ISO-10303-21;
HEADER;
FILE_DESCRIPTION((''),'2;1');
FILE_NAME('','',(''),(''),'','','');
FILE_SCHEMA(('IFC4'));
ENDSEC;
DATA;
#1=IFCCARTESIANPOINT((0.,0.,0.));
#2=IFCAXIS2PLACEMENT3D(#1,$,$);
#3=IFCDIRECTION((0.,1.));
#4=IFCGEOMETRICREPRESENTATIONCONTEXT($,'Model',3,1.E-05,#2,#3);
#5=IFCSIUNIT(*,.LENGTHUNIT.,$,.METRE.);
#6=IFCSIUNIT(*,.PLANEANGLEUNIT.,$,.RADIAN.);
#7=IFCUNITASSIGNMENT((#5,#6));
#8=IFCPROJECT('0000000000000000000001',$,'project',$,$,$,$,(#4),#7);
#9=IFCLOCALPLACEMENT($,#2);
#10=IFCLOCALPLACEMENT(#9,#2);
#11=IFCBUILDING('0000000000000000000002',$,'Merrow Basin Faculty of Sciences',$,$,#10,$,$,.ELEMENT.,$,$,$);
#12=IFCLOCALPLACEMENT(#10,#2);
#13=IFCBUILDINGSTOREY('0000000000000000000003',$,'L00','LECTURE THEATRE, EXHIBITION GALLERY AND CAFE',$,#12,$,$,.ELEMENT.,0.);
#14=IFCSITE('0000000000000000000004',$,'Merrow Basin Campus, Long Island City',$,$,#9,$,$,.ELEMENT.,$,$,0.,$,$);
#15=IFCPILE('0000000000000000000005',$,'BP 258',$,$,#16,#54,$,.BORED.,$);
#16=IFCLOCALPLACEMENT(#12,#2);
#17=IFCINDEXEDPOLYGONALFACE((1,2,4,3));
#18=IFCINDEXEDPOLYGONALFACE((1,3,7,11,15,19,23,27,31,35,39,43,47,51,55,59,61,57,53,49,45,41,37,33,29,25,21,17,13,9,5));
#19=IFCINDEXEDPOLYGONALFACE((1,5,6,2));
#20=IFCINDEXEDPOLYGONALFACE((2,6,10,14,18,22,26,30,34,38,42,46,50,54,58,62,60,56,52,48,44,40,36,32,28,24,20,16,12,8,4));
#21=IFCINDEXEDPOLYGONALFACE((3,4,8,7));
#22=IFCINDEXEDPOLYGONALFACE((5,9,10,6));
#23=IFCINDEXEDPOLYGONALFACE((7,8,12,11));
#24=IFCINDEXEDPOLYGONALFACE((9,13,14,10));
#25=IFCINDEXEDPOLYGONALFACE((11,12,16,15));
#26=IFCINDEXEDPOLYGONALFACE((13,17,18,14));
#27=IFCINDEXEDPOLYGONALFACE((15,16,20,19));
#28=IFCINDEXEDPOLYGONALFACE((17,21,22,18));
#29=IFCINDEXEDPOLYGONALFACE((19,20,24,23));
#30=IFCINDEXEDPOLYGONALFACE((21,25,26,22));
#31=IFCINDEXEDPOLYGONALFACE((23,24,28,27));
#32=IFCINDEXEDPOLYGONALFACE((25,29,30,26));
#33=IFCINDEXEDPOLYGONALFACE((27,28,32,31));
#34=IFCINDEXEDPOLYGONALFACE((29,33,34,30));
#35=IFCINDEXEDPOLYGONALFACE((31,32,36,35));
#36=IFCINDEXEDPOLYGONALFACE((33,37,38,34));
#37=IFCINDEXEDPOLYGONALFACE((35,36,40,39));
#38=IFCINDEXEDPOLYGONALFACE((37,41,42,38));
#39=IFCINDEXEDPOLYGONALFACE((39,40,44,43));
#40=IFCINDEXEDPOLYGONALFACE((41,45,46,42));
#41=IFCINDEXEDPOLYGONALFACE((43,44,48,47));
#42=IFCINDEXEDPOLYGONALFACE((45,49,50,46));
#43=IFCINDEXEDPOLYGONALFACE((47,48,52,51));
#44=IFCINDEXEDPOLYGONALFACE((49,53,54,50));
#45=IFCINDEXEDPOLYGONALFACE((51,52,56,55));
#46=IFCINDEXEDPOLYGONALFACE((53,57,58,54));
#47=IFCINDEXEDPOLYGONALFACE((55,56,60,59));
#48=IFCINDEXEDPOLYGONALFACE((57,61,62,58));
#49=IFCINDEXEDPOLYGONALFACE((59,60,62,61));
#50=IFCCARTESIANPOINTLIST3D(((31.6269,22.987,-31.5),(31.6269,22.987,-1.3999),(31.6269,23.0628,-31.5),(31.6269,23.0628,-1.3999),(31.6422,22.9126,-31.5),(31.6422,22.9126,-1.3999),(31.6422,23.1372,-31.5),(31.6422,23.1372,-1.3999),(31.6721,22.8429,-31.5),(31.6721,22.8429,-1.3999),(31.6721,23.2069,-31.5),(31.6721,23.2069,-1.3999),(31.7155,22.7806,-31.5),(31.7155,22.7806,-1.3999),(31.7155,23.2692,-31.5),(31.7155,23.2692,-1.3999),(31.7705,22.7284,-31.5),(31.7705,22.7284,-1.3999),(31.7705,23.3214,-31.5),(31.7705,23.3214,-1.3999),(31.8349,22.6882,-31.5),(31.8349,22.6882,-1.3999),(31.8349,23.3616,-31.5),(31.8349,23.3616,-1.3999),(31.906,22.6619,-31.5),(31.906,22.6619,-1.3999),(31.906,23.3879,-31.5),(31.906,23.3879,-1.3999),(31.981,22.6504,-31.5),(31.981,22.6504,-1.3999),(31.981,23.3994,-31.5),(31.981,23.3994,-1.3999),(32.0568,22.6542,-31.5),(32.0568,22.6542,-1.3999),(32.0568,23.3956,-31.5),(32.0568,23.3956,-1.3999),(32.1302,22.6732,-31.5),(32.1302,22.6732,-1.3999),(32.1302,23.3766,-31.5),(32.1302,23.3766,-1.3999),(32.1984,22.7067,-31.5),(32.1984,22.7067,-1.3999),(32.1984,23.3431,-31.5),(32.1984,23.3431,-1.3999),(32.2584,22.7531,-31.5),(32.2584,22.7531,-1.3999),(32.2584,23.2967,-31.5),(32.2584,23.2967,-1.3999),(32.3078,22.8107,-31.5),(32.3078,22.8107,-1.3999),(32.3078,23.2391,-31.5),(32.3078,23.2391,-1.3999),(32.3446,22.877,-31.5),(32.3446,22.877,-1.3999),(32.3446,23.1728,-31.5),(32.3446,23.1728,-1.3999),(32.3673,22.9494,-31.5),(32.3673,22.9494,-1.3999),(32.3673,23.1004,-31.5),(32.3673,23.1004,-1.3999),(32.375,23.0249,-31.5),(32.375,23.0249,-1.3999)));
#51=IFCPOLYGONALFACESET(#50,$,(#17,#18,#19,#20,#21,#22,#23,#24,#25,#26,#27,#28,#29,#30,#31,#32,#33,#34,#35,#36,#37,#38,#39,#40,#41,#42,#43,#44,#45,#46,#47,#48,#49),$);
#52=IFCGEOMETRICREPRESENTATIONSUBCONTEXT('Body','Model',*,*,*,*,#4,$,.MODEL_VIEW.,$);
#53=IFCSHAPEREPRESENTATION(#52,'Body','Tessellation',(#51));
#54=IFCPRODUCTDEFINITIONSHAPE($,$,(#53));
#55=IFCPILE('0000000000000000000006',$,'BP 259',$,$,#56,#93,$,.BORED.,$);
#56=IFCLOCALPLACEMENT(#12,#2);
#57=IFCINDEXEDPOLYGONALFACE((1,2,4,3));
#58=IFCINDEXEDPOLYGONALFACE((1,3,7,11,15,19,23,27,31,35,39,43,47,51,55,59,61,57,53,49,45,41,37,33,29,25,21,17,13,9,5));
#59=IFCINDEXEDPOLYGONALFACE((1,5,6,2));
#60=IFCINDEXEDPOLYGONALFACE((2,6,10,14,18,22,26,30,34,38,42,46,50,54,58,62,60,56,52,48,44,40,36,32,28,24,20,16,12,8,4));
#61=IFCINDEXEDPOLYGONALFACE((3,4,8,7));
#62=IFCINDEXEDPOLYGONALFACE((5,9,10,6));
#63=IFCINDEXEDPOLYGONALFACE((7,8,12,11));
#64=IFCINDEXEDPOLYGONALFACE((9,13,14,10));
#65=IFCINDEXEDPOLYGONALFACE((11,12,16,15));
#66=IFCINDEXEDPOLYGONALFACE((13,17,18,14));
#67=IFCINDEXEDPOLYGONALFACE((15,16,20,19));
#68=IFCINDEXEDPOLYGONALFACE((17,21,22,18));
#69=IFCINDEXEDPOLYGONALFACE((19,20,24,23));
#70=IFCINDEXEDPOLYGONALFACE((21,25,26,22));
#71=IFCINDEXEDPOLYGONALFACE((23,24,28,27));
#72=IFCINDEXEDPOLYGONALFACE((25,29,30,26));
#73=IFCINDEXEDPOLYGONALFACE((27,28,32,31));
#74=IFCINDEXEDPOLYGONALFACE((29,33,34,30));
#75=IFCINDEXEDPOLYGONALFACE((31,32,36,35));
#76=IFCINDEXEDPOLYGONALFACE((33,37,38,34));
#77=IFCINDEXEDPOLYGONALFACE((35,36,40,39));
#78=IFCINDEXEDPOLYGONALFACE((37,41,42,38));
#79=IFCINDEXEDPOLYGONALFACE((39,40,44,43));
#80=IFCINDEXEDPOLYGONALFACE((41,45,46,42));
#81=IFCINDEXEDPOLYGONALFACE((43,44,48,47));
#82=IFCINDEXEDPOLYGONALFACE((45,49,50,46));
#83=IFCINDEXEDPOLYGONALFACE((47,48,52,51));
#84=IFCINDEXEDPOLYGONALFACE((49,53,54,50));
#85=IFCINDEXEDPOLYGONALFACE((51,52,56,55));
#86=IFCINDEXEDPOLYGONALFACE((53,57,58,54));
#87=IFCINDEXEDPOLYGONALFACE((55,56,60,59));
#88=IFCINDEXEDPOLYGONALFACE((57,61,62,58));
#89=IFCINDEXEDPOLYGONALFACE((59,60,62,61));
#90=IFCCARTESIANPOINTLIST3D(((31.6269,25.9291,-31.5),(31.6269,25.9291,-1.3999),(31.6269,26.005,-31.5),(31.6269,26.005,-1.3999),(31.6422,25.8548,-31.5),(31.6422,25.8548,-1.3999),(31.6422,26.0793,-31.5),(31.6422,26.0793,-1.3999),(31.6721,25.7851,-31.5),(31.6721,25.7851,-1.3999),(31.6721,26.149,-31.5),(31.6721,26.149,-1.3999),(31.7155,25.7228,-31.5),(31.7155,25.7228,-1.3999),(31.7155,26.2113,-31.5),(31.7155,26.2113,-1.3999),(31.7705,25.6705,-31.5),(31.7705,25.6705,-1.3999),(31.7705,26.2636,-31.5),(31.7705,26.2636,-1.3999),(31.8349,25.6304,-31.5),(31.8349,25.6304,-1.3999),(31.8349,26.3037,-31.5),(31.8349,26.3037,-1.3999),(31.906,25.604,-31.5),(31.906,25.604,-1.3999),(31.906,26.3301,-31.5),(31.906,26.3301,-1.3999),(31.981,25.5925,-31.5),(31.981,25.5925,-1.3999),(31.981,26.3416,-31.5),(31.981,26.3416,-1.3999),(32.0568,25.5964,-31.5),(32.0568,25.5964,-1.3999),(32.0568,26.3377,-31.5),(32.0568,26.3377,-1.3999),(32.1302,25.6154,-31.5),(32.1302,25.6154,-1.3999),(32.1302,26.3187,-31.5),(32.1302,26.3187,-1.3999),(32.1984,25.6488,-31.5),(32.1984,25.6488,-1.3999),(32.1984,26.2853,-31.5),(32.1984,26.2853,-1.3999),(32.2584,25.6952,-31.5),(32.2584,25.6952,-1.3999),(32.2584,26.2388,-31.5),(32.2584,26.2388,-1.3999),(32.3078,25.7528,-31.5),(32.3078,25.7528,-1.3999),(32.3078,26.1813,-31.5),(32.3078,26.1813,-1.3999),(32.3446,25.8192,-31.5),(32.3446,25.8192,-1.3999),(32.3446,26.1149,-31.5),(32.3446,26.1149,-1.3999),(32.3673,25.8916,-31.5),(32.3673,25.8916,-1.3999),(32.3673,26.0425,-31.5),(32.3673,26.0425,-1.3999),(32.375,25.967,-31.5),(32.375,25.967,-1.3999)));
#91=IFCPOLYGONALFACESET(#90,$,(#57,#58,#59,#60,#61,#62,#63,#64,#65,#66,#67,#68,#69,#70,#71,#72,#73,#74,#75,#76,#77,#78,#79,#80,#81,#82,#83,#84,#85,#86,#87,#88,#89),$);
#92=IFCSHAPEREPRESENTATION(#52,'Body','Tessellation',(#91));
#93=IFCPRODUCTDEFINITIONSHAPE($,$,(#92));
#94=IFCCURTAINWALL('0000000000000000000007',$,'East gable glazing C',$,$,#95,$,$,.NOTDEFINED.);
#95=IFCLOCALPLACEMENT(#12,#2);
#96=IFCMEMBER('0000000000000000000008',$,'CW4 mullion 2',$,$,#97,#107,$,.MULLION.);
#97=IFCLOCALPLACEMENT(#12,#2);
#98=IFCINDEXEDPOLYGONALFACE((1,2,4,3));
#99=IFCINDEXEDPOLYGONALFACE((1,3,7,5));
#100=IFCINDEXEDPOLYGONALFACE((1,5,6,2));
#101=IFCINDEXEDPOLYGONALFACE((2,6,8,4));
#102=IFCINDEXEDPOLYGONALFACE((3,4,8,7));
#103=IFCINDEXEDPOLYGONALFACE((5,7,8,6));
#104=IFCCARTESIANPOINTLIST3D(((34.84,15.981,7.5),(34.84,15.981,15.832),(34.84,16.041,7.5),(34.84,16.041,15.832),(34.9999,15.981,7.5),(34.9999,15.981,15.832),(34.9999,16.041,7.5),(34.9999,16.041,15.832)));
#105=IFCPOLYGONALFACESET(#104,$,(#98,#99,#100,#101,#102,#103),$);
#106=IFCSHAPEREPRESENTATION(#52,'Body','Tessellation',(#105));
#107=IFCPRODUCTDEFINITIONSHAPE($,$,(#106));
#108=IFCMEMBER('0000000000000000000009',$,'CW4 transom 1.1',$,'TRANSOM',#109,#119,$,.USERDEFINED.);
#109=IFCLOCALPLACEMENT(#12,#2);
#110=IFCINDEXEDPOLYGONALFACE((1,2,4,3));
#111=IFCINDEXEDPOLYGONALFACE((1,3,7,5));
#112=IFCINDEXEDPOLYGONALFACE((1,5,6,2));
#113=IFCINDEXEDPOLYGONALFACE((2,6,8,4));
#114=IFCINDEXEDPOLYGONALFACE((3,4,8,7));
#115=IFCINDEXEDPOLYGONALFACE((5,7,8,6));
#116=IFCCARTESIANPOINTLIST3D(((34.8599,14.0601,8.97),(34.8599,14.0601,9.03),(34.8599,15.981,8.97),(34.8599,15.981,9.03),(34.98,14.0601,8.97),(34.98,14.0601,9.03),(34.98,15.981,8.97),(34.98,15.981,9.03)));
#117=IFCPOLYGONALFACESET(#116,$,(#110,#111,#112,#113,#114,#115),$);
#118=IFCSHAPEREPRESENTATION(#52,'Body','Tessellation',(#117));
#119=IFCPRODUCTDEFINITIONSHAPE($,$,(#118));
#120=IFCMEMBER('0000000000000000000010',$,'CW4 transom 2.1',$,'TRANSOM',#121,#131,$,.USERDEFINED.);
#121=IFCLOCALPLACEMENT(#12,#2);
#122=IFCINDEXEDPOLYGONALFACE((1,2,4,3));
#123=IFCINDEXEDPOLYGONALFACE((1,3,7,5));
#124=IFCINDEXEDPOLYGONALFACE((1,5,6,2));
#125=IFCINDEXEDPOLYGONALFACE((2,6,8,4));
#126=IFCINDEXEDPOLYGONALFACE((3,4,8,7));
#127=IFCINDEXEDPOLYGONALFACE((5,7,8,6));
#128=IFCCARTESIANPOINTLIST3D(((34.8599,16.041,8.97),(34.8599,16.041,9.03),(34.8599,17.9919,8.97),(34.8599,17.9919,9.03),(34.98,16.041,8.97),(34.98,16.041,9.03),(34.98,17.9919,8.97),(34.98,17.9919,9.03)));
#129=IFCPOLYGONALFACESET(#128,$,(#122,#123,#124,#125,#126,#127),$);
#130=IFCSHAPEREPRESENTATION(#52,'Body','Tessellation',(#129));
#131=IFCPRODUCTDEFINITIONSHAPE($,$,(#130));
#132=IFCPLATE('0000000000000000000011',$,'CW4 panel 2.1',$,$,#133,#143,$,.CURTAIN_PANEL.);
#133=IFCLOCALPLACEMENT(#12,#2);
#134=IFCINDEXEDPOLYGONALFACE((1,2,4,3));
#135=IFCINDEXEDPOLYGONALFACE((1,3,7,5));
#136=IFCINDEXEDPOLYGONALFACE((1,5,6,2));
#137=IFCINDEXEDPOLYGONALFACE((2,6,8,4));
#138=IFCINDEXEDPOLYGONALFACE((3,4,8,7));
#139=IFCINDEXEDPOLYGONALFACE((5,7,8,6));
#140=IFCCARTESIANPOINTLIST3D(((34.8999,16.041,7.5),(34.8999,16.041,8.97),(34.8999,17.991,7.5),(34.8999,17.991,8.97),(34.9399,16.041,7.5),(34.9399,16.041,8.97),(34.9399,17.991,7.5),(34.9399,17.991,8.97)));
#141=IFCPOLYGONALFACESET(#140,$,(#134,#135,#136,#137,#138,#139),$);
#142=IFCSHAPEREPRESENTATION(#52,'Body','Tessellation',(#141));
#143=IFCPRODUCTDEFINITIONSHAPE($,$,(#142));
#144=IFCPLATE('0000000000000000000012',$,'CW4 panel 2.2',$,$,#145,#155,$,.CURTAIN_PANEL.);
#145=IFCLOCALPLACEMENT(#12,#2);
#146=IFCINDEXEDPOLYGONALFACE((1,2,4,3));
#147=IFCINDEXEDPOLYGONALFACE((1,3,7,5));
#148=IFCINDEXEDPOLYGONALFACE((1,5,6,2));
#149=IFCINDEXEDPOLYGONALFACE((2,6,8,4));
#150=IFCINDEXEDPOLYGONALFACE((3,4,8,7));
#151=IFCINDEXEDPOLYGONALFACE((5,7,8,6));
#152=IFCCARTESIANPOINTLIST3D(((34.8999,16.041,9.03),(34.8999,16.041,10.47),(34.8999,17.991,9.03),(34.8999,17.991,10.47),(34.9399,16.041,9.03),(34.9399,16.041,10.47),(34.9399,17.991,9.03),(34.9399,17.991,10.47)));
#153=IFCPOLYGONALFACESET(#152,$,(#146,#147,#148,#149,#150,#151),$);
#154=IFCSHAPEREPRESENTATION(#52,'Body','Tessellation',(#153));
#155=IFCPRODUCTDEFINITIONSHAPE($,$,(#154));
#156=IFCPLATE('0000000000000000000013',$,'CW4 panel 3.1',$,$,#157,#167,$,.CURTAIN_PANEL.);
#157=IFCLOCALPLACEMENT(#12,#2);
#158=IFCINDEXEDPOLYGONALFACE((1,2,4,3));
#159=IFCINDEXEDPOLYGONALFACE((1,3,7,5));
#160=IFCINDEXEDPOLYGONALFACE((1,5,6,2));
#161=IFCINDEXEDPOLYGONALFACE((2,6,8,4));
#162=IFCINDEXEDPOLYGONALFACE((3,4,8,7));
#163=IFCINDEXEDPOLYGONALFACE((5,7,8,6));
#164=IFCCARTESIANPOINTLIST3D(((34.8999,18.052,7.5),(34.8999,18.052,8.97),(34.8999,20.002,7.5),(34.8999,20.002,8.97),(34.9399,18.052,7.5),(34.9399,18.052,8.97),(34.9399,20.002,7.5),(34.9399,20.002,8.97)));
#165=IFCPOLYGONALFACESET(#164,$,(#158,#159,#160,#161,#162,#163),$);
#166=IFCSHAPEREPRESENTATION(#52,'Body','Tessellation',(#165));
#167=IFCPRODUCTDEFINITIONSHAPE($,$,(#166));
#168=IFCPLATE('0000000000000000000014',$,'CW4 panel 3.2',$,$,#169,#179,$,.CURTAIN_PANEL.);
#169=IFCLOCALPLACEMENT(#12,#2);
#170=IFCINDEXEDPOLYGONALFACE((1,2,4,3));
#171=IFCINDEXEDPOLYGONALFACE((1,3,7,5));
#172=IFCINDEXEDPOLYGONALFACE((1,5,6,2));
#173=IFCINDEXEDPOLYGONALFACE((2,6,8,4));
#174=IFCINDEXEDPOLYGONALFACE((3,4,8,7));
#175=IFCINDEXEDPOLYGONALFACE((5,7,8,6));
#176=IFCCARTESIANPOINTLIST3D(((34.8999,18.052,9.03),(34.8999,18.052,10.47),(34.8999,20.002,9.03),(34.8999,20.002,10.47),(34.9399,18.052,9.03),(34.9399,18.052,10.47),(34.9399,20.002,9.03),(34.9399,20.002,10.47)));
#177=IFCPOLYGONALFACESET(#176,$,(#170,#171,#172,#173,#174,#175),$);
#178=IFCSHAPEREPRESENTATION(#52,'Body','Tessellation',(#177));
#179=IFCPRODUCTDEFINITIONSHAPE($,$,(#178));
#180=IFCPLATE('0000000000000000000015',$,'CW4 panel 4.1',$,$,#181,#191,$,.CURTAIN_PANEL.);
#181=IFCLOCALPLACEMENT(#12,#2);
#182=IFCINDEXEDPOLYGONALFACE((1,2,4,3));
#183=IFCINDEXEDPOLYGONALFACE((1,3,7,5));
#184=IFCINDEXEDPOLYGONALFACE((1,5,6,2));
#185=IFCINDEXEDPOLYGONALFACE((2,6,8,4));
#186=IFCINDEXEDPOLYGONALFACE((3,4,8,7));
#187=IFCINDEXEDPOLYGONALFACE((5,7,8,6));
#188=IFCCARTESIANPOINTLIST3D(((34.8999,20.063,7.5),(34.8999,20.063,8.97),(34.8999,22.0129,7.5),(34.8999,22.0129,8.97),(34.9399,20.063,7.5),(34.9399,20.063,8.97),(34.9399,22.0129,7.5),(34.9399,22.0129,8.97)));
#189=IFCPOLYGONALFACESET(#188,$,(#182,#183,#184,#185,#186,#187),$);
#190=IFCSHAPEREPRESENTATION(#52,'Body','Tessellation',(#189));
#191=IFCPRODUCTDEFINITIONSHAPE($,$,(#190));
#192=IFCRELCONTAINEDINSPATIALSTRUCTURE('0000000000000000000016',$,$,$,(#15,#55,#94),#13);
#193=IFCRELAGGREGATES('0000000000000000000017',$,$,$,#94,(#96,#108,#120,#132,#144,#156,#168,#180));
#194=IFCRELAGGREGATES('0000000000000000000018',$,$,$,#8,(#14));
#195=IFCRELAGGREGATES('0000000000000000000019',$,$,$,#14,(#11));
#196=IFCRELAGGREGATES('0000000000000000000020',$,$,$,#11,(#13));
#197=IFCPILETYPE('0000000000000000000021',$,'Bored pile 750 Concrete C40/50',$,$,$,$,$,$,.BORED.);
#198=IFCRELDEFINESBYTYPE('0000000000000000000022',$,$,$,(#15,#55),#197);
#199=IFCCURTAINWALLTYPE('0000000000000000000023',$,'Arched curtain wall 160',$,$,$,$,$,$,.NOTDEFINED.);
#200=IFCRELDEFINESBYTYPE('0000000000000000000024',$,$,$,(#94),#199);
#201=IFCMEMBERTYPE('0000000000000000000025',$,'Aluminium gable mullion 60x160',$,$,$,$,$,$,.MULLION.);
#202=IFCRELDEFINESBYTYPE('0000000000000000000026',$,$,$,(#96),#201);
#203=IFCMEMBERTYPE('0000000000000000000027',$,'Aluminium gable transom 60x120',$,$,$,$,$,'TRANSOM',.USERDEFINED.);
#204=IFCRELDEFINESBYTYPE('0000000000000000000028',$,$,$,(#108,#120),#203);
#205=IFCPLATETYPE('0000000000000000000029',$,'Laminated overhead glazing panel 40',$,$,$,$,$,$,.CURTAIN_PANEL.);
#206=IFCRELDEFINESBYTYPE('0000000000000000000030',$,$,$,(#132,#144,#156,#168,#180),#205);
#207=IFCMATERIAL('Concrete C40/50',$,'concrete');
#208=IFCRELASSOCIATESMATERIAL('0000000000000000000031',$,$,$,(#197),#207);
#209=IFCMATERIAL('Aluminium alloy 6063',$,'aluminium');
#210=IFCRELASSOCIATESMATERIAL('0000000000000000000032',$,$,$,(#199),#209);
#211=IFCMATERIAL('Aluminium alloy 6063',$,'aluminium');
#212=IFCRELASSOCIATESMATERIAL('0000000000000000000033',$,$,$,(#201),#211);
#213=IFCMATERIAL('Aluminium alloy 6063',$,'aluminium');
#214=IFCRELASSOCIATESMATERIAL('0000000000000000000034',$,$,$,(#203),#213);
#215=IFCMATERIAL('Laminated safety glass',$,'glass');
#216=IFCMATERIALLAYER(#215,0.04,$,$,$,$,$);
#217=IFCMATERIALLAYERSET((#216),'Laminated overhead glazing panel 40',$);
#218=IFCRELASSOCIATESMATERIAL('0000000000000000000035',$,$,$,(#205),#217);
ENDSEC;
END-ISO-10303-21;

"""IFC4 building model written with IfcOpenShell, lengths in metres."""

from ifc_helpers import new_model, si_unit, direction, frame, origin, origin_2d, place, context, subcontext, project, spatial, polyline, rectangle, circle, outline, extrude, material, layer, layer_set, material_profile, profile_set, type_object, element, aggregate, save


model = new_model("IFC4")

# Units and contexts
model_context = context("Model", 3, precision=1e-05, world=origin(), true_north=direction((0.0, 1.0)))
body_context = subcontext(model_context, "Body", "Model", "MODEL_VIEW")
ifc_project = project(units=[si_unit("LENGTHUNIT", "METRE"), si_unit("PLANEANGLEUNIT", "RADIAN")], contexts=[model_context])

# Site, building, storey
site_placement = place(None, origin())
site = spatial("IfcSite", under=ifc_project, at=site_placement, Name="Merrow Basin Campus, Long Island City", CompositionType="ELEMENT", RefElevation=0.0)
building_placement = place(site_placement, origin())
building = spatial("IfcBuilding", under=site, at=building_placement, Name="Merrow Basin Faculty of Sciences", CompositionType="ELEMENT")
storey_placement = place(building_placement, origin())
storey = spatial("IfcBuildingStorey", under=building, at=storey_placement, Name="L00", Description="LECTURE THEATRE, EXHIBITION GALLERY AND CAFE", CompositionType="ELEMENT", Elevation=0.0)

# Piles
ifc_material_1 = material(Name="Concrete C40/50", Category="concrete")
ifc_material_profile_1 = material_profile(ifc_material_1, circle(Radius=0.375, at=origin_2d()))
ifc_profile_set_1 = profile_set([ifc_material_profile_1], Name="Concrete C40/50")
pile_type = type_object("IfcPileType", Name="Bored pile 750 Concrete C40/50", PredefinedType="BORED", material=ifc_profile_set_1)
for number, where, z_axis, x_axis, name in (
    (1, (32.0, 23.0249, -1.3999), (0.0, 0.0, -1.0), (1.0, 0.0, 0.0), "BP 258"),
    (2, (32.0, 25.967, -1.3999), (0.0, 0.0, -1.0), (1.0, 0.0, 0.0), "BP 259"),
):
    element("IfcPile", number, at=place(storey_placement, frame(where, z_axis=z_axis, x_axis=x_axis)), inside=storey, type_object=pile_type, Name=name, PredefinedType="BORED", context=body_context, shape_type="SweptSolid", body=[
        extrude(circle(Radius=0.375, at=origin_2d()), origin(), (0.0, 0.0, 1.0), 30.1001),
    ])

# Curtain wall, members, plates
ifc_material_2 = material(Name="Aluminium alloy 6063", Category="aluminium")
curtain_wall_type = type_object("IfcCurtainWallType", Name="Arched curtain wall 160", PredefinedType="NOTDEFINED", material=ifc_material_2)
curtain_wall_placement = place(storey_placement, origin())
curtain_wall = element("IfcCurtainWall", 3, at=curtain_wall_placement, inside=storey, type_object=curtain_wall_type, Name="East gable glazing C", PredefinedType="NOTDEFINED")
ifc_material_3 = material(Name="Aluminium alloy 6063", Category="aluminium")
ifc_material_profile_2 = material_profile(ifc_material_3, rectangle(XDim=0.1599, YDim=0.0601, at=origin_2d()))
ifc_profile_set_2 = profile_set([ifc_material_profile_2], Name="Aluminium alloy 6063")
member_type_1 = type_object("IfcMemberType", Name="Aluminium gable mullion 60x160", PredefinedType="MULLION", material=ifc_profile_set_2)
member_1_placement = place(storey_placement, frame((34.9199, 16.011, 7.5), z_axis=(0.0, 0.0, 1.0), x_axis=(1.0, 0.0, 0.0)))
member_1 = element("IfcMember", 4, at=member_1_placement, type_object=member_type_1, Name="CW4 mullion 2", PredefinedType="MULLION", context=body_context, shape_type="SweptSolid", body=[
    extrude(rectangle(XDim=0.1599, YDim=0.0601, at=origin_2d()), origin(), (0.0, 0.0, 1.0), 8.332),
])
ifc_material_4 = material(Name="Aluminium alloy 6063", Category="aluminium")
ifc_material_profile_3 = material_profile(ifc_material_4, rectangle(XDim=0.1201, YDim=0.0601, at=origin_2d()))
ifc_profile_set_3 = profile_set([ifc_material_profile_3], Name="Aluminium alloy 6063")
member_type_2 = type_object("IfcMemberType", Name="Aluminium gable transom 60x120", ElementType="TRANSOM", PredefinedType="USERDEFINED", material=ifc_profile_set_3)
member_2_placement = place(storey_placement, frame((34.9199, 14.0601, 9.0), z_axis=(0.0, 1.0, 0.0), x_axis=(-1.0, 0.0, 0.0)))
member_2 = element("IfcMember", 5, at=member_2_placement, type_object=member_type_2, Name="CW4 transom 1.1", ObjectType="TRANSOM", PredefinedType="USERDEFINED", context=body_context, shape_type="SweptSolid", body=[
    extrude(rectangle(XDim=0.1201, YDim=0.0601, at=origin_2d()), origin(), (0.0, 0.0, 1.0), 1.9209),
])
member_3_placement = place(storey_placement, frame((34.9199, 16.041, 9.0), z_axis=(0.0, 1.0, 0.0), x_axis=(-1.0, 0.0, 0.0)))
member_3 = element("IfcMember", 6, at=member_3_placement, type_object=member_type_2, Name="CW4 transom 2.1", ObjectType="TRANSOM", PredefinedType="USERDEFINED", context=body_context, shape_type="SweptSolid", body=[
    extrude(rectangle(XDim=0.1201, YDim=0.0601, at=origin_2d()), origin(), (0.0, 0.0, 1.0), 1.9509),
])
ifc_material_5 = material(Name="Laminated safety glass", Category="glass")
ifc_layer_1 = layer(ifc_material_5, 0.04)
ifc_layer_set_1 = layer_set([ifc_layer_1], Name="Laminated overhead glazing panel 40")
plate_type = type_object("IfcPlateType", Name="Laminated overhead glazing panel 40", PredefinedType="CURTAIN_PANEL", material=ifc_layer_set_1)
plate_1_placement = place(storey_placement, frame((34.8999, 16.041, 7.5), z_axis=(1.0, 0.0, 0.0), x_axis=(0.0, 1.0, 0.0)))
plate_1 = element("IfcPlate", 7, at=plate_1_placement, type_object=plate_type, Name="CW4 panel 2.1", PredefinedType="CURTAIN_PANEL", context=body_context, shape_type="SweptSolid", body=[
    extrude(outline(polyline([(0.0, 0.0), (1.95, 0.0), (1.95, 1.47), (0.0, 1.47), (0.0, 0.0)])), origin(), (0.0, 0.0, 1.0), 0.04),
])
plate_2_placement = place(storey_placement, frame((34.8999, 16.041, 9.03), z_axis=(1.0, 0.0, 0.0), x_axis=(0.0, 1.0, 0.0)))
plate_2 = element("IfcPlate", 8, at=plate_2_placement, type_object=plate_type, Name="CW4 panel 2.2", PredefinedType="CURTAIN_PANEL", context=body_context, shape_type="SweptSolid", body=[
    extrude(outline(polyline([(0.0, 0.0), (1.95, 0.0), (1.95, 1.4399), (0.0, 1.4399), (0.0, 0.0)])), origin(), (0.0, 0.0, 1.0), 0.04),
])
plate_3_placement = place(storey_placement, frame((34.8999, 18.052, 7.5), z_axis=(1.0, 0.0, 0.0), x_axis=(0.0, 1.0, 0.0)))
plate_3 = element("IfcPlate", 9, at=plate_3_placement, type_object=plate_type, Name="CW4 panel 3.1", PredefinedType="CURTAIN_PANEL", context=body_context, shape_type="SweptSolid", body=[
    extrude(outline(polyline([(0.0, 0.0), (1.95, 0.0), (1.95, 1.47), (0.0, 1.47), (0.0, 0.0)])), origin(), (0.0, 0.0, 1.0), 0.04),
])
plate_4_placement = place(storey_placement, frame((34.8999, 18.052, 9.03), z_axis=(1.0, 0.0, 0.0), x_axis=(0.0, 1.0, 0.0)))
plate_4 = element("IfcPlate", 10, at=plate_4_placement, type_object=plate_type, Name="CW4 panel 3.2", PredefinedType="CURTAIN_PANEL", context=body_context, shape_type="SweptSolid", body=[
    extrude(outline(polyline([(0.0, 0.0), (1.95, 0.0), (1.95, 1.4399), (0.0, 1.4399), (0.0, 0.0)])), origin(), (0.0, 0.0, 1.0), 0.04),
])
plate_5_placement = place(storey_placement, frame((34.8999, 20.063, 7.5), z_axis=(1.0, 0.0, 0.0), x_axis=(0.0, 1.0, 0.0)))
plate_5 = element("IfcPlate", 11, at=plate_5_placement, type_object=plate_type, Name="CW4 panel 4.1", PredefinedType="CURTAIN_PANEL", context=body_context, shape_type="SweptSolid", body=[
    extrude(outline(polyline([(0.0, 0.0), (1.95, 0.0), (1.95, 1.47), (0.0, 1.47), (0.0, 0.0)])), origin(), (0.0, 0.0, 1.0), 0.04),
])
aggregate(curtain_wall, [member_1, member_2, member_3, plate_1, plate_2, plate_3, plate_4, plate_5])

save(model, "model.ifc")
